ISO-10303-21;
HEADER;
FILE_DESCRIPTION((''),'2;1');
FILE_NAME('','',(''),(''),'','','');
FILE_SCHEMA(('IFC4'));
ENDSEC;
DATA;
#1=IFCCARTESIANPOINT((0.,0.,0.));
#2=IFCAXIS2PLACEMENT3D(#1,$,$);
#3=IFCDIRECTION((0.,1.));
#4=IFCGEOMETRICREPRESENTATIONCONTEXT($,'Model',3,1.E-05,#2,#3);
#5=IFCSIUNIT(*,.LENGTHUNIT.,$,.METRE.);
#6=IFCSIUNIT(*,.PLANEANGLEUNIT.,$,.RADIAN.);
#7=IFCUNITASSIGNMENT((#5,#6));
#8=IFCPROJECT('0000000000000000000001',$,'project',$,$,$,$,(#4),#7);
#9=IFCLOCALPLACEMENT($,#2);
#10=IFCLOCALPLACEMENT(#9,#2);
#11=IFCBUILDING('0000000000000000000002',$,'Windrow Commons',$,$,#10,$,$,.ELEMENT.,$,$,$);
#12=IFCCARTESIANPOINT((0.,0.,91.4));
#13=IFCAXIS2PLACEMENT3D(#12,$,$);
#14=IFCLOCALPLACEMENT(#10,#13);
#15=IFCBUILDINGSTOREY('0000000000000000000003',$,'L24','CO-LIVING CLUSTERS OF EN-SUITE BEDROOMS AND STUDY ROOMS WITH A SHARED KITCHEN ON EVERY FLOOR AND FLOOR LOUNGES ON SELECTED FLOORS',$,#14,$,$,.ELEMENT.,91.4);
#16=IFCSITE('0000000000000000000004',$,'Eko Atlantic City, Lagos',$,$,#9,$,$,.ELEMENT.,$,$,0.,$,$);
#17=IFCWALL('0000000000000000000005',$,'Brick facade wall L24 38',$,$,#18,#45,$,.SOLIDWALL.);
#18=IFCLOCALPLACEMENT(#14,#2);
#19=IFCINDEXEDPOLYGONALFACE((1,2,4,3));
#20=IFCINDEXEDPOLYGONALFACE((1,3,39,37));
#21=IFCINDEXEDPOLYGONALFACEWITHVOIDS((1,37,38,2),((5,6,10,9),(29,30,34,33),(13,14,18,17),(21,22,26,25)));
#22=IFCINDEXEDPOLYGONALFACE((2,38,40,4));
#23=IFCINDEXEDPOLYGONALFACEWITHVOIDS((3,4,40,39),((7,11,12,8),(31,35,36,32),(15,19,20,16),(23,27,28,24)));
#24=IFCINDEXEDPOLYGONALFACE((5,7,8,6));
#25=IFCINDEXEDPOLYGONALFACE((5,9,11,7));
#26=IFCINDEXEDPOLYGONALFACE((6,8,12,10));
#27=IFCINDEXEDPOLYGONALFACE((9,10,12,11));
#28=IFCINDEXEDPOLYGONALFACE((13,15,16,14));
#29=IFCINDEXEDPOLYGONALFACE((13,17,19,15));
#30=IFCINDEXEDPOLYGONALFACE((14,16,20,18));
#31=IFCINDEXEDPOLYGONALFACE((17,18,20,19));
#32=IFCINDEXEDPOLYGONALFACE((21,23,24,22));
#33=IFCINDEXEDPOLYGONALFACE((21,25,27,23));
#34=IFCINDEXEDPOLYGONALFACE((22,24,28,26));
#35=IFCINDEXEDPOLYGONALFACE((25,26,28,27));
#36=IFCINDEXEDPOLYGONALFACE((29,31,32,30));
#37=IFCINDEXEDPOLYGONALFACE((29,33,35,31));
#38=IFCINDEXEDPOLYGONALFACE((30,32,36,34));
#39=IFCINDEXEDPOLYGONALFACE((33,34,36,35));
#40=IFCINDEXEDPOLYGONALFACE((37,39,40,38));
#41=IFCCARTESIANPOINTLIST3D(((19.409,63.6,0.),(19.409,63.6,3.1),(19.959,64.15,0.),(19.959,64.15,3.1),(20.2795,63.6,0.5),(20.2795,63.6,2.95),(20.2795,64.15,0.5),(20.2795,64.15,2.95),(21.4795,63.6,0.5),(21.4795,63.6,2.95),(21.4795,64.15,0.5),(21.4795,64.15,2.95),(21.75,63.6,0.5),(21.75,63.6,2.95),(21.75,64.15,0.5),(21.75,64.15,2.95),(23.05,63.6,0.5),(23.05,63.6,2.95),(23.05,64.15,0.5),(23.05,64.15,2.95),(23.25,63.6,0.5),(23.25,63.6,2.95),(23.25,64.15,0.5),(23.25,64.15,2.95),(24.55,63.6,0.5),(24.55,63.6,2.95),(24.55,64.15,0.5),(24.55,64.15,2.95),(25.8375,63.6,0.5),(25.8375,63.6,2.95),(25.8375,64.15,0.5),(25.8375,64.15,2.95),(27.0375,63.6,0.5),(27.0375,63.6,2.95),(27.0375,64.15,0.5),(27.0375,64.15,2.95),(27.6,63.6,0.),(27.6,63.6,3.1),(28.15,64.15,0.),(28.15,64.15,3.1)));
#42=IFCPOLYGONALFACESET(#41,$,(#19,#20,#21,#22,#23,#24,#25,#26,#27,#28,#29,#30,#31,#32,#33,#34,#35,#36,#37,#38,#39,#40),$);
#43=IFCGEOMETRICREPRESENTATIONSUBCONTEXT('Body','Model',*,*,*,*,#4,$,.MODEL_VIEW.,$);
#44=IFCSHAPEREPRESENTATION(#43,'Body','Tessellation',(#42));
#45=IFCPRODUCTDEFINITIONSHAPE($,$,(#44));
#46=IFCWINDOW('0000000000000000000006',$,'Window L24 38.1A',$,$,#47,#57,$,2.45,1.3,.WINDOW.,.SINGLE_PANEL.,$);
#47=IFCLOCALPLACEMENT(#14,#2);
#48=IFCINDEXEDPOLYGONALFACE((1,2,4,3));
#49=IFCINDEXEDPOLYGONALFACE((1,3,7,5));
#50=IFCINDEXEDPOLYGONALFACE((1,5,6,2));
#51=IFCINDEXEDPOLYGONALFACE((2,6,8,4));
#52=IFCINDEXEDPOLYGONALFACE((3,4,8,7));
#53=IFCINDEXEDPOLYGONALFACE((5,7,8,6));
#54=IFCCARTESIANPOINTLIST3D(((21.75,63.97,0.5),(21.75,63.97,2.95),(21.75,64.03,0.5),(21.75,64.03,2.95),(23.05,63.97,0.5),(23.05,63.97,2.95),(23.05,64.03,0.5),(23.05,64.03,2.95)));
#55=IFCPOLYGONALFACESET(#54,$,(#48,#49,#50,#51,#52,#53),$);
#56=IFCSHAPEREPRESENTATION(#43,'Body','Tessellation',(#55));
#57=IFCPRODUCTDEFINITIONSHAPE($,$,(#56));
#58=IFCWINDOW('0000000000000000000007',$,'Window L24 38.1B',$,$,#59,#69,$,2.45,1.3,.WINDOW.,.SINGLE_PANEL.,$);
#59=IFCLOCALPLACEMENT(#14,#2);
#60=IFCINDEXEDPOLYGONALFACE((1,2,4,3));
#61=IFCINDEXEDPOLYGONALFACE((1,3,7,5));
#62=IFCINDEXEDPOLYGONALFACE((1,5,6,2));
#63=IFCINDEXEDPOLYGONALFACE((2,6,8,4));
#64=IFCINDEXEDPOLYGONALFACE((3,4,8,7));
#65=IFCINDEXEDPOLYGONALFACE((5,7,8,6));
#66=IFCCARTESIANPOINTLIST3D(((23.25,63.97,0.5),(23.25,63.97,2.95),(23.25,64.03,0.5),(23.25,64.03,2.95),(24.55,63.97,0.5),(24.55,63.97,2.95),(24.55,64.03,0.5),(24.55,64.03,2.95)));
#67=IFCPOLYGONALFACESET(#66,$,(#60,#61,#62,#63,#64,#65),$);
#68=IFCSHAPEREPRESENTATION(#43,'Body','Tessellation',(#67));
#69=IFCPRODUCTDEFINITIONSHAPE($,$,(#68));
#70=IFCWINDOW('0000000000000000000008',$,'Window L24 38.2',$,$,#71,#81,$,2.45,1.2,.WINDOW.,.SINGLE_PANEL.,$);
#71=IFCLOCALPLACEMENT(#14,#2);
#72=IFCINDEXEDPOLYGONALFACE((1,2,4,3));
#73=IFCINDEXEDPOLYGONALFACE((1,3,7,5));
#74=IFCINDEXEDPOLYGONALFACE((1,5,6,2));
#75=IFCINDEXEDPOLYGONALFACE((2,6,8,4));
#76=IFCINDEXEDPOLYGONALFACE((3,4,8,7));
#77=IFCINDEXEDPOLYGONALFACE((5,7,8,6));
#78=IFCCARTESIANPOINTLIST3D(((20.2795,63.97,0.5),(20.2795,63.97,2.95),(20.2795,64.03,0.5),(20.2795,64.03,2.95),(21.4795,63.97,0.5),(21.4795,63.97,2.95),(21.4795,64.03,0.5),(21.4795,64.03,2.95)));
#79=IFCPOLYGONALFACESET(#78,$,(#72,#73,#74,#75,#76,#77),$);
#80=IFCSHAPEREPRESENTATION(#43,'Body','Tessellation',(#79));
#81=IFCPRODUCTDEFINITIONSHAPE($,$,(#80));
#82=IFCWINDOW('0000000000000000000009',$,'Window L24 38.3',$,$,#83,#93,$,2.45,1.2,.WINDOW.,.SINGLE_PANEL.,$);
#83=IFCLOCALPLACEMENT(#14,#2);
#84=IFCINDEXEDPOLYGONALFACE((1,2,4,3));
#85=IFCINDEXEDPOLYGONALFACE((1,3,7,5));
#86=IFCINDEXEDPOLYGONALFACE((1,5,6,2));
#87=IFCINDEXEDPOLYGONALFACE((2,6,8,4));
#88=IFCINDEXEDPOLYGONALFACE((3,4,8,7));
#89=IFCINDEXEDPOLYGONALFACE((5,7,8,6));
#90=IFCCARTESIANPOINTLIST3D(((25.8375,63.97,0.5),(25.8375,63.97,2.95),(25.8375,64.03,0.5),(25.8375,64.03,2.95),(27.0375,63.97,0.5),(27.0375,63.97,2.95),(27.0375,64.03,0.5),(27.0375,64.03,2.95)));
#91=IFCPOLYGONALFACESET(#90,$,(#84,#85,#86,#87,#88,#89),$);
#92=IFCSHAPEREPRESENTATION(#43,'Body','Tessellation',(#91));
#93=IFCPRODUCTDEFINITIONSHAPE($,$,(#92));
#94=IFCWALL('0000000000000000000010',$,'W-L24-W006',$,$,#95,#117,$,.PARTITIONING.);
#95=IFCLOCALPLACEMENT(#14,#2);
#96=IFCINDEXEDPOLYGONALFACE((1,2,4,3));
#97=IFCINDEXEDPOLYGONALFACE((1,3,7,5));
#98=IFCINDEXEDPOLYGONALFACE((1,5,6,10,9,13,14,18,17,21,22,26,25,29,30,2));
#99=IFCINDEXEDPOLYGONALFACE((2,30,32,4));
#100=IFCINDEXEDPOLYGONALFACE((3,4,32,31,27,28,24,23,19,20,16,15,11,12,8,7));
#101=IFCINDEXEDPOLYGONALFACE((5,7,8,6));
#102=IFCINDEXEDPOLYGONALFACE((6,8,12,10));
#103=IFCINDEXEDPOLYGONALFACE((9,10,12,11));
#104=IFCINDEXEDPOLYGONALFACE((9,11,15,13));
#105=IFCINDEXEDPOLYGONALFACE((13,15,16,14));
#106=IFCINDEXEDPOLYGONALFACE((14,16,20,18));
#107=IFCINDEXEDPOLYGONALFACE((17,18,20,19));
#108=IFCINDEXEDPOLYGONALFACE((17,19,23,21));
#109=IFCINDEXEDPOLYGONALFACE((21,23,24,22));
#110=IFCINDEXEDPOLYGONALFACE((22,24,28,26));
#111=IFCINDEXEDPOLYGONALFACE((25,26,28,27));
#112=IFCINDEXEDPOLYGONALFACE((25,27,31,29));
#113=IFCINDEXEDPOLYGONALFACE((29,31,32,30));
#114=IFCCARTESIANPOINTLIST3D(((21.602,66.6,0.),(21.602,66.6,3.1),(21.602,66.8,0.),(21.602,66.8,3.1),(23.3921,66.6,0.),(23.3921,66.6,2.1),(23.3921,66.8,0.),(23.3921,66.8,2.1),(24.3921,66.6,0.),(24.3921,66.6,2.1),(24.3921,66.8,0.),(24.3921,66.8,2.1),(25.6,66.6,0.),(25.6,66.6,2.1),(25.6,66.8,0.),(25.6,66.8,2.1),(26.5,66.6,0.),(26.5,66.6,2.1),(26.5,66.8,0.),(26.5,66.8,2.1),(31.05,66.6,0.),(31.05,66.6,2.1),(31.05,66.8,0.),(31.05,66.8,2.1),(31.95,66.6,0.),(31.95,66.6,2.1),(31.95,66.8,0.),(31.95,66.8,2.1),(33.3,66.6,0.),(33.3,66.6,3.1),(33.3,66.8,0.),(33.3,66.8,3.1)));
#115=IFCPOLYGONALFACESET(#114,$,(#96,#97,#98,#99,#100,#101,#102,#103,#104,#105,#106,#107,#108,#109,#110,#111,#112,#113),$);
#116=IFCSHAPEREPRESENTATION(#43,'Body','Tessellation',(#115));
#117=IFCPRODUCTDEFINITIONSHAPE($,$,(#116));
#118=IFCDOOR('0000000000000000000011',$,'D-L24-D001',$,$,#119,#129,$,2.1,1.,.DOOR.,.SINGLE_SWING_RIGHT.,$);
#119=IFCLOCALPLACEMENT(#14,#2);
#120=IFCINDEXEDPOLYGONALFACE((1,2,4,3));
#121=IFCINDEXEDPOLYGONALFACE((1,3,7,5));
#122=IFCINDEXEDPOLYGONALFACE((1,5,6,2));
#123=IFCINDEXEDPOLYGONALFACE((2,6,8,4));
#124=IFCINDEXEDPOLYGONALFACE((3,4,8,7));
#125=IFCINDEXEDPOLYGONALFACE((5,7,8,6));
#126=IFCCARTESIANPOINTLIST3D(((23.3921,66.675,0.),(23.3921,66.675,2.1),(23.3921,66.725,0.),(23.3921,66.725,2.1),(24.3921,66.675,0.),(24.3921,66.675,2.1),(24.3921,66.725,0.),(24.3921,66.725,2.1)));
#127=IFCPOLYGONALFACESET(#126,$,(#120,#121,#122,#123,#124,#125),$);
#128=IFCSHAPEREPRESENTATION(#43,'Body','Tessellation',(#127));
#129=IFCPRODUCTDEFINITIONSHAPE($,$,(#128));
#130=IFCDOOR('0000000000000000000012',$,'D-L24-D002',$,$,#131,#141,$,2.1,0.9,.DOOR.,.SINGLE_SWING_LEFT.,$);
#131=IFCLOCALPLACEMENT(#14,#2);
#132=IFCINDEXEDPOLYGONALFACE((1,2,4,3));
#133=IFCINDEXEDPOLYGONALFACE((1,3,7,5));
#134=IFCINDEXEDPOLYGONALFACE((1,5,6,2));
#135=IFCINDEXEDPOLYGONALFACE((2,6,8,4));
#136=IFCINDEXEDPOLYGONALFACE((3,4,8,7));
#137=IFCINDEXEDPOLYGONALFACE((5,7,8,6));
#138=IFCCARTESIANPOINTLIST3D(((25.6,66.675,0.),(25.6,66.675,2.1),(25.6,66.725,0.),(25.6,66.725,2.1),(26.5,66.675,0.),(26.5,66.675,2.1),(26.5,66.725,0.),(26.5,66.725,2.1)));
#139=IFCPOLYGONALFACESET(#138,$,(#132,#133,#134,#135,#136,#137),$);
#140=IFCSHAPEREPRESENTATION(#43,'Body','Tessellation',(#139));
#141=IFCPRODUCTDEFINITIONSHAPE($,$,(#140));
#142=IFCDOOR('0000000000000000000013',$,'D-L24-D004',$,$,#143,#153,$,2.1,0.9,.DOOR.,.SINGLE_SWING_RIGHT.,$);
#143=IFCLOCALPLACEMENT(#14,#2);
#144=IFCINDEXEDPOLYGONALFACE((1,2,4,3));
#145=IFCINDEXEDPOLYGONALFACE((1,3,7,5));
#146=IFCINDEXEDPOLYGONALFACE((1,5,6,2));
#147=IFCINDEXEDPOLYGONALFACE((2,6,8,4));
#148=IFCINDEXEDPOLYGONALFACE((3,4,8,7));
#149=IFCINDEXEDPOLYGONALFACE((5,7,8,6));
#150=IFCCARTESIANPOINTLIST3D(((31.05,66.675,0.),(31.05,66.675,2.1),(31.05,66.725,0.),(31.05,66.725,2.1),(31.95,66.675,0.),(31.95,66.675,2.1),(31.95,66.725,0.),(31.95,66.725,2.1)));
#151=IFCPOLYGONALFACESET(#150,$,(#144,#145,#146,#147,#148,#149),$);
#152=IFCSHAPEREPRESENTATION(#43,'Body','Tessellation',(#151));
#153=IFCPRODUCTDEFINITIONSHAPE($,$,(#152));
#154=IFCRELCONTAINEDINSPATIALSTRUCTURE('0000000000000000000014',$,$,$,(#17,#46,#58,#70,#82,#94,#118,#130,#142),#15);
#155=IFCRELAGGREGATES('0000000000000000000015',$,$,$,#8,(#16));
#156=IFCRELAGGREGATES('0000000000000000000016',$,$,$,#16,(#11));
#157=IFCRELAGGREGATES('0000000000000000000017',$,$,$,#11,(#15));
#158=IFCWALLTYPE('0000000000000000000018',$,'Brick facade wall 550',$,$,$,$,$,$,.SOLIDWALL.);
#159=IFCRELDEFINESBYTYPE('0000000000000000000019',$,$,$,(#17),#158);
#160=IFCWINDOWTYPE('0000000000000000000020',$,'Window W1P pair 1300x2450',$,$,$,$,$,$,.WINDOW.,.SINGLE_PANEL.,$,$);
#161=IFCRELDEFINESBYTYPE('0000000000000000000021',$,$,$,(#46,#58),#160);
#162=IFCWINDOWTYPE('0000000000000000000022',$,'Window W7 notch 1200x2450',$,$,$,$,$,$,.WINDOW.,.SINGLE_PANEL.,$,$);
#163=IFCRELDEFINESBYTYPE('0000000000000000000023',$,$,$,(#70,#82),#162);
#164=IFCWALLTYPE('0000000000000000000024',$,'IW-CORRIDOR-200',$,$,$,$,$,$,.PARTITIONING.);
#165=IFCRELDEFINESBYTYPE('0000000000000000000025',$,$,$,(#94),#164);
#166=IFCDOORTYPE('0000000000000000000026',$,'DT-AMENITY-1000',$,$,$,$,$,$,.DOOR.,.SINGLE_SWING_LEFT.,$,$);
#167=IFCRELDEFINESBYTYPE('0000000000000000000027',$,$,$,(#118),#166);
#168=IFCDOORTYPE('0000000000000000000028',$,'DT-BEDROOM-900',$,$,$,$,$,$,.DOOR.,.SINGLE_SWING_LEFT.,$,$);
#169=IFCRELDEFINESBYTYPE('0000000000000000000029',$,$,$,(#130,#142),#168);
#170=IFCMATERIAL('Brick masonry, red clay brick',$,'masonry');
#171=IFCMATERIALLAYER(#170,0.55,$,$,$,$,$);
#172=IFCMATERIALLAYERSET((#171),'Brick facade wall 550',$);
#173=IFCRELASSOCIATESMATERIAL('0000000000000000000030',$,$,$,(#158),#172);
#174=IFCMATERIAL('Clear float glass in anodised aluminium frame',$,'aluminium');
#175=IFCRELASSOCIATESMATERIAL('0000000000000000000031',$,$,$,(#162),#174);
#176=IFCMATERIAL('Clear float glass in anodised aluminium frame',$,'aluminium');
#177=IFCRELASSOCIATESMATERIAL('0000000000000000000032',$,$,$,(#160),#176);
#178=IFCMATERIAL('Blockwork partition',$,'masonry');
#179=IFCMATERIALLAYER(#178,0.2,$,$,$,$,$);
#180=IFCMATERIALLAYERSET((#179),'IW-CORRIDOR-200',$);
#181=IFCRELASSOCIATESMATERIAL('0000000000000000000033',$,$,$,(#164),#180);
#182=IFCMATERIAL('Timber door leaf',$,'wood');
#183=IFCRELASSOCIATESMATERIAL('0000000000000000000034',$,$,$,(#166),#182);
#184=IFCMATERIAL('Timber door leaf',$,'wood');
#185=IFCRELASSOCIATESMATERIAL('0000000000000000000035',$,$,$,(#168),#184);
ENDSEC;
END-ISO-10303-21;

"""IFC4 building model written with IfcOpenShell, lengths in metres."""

from ifc_helpers import new_model, si_unit, direction, frame, frame_2d, origin, place, context, subcontext, project, spatial, polyline, rectangle, outline, extrude, material, layer, layer_set, type_object, element, fill, save


model = new_model("IFC4")

# Units and contexts
model_context = context("Model", 3, precision=1e-05, world=origin(), true_north=direction((0.0, 1.0)))
body_context = subcontext(model_context, "Body", "Model", "MODEL_VIEW")
ifc_project = project(units=[si_unit("LENGTHUNIT", "METRE"), si_unit("PLANEANGLEUNIT", "RADIAN")], contexts=[model_context])

# Site, building, storey
site_placement = place(None, origin())
site = spatial("IfcSite", under=ifc_project, at=site_placement, Name="Eko Atlantic City, Lagos", CompositionType="ELEMENT", RefElevation=0.0)
building_placement = place(site_placement, origin())
building = spatial("IfcBuilding", under=site, at=building_placement, Name="Windrow Commons", CompositionType="ELEMENT")
storey_placement = place(building_placement, frame((0.0, 0.0, 91.4)))
storey = spatial("IfcBuildingStorey", under=building, at=storey_placement, Name="L24", Description="CO-LIVING CLUSTERS OF EN-SUITE BEDROOMS AND STUDY ROOMS WITH A SHARED KITCHEN ON EVERY FLOOR AND FLOOR LOUNGES ON SELECTED FLOORS", CompositionType="ELEMENT", Elevation=91.4)

# Wall, openings, windows
ifc_material_1 = material(Name="Brick masonry, red clay brick", Category="masonry")
ifc_layer_1 = layer(ifc_material_1, 0.55)
ifc_layer_set_1 = layer_set([ifc_layer_1], Name="Brick facade wall 550")
wall_type_1 = type_object("IfcWallType", Name="Brick facade wall 550", PredefinedType="SOLIDWALL", material=ifc_layer_set_1)
ifc_material_2 = material(Name="Clear float glass in anodised aluminium frame", Category="aluminium")
window_type_1 = type_object("IfcWindowType", Name="Window W7 notch 1200x2450", PartitioningType="SINGLE_PANEL", PredefinedType="WINDOW", material=ifc_material_2)
ifc_material_3 = material(Name="Clear float glass in anodised aluminium frame", Category="aluminium")
window_type_2 = type_object("IfcWindowType", Name="Window W1P pair 1300x2450", PartitioningType="SINGLE_PANEL", PredefinedType="WINDOW", material=ifc_material_3)
wall_1_placement = place(storey_placement, frame((19.684, 63.875, 0.0), z_axis=(0.0, 0.0, 1.0), x_axis=(1.0, 0.0, 0.0)))
wall_1 = element("IfcWall", 1, at=wall_1_placement, inside=storey, type_object=wall_type_1, Name="Brick facade wall L24 38", PredefinedType="SOLIDWALL", context=body_context, shape_type="SweptSolid", body=[
    extrude(outline(polyline([(-0.275, -0.275), (7.916, -0.275), (8.466, 0.275), (0.275, 0.275), (-0.275, -0.275)])), origin(), (0.0, 0.0, 1.0), 3.1),
])
opening_1_placement = place(wall_1_placement, frame((2.066, 0.0, 0.5)))
opening_1 = element("IfcOpeningElement", 2, at=opening_1_placement, cuts=wall_1, PredefinedType="OPENING", context=body_context, shape_type="SweptSolid", body=[
    extrude(rectangle(XDim=1.3, YDim=2.45, at=frame_2d((0.65, 1.225))), frame((0.0, 0.285, 0.0), z_axis=(0.0, -1.0, 0.0), x_axis=(1.0, 0.0, 0.0)), (0.0, 0.0, 1.0), 0.57),
])
opening_2_placement = place(wall_1_placement, frame((3.566, 0.0, 0.5)))
opening_2 = element("IfcOpeningElement", 3, at=opening_2_placement, cuts=wall_1, PredefinedType="OPENING", context=body_context, shape_type="SweptSolid", body=[
    extrude(rectangle(XDim=1.3, YDim=2.45, at=frame_2d((0.65, 1.225))), frame((0.0, 0.285, 0.0), z_axis=(0.0, -1.0, 0.0), x_axis=(1.0, 0.0, 0.0)), (0.0, 0.0, 1.0), 0.57),
])
opening_3_placement = place(wall_1_placement, frame((0.5955, 0.0, 0.5)))
opening_3 = element("IfcOpeningElement", 4, at=opening_3_placement, cuts=wall_1, PredefinedType="OPENING", context=body_context, shape_type="SweptSolid", body=[
    extrude(rectangle(XDim=1.2, YDim=2.45, at=frame_2d((0.6, 1.225))), frame((0.0, 0.285, 0.0), z_axis=(0.0, -1.0, 0.0), x_axis=(1.0, 0.0, 0.0)), (0.0, 0.0, 1.0), 0.57),
])
opening_4_placement = place(wall_1_placement, frame((6.1535, 0.0, 0.5)))
opening_4 = element("IfcOpeningElement", 5, at=opening_4_placement, cuts=wall_1, PredefinedType="OPENING", context=body_context, shape_type="SweptSolid", body=[
    extrude(rectangle(XDim=1.2, YDim=2.45, at=frame_2d((0.6, 1.225))), frame((0.0, 0.285, 0.0), z_axis=(0.0, -1.0, 0.0), x_axis=(1.0, 0.0, 0.0)), (0.0, 0.0, 1.0), 0.57),
])
window_1_placement = place(opening_1_placement, origin())
window_1 = element("IfcWindow", 6, at=window_1_placement, inside=storey, type_object=window_type_2, Name="Window L24 38.1A", OverallHeight=2.45, OverallWidth=1.3, PartitioningType="SINGLE_PANEL", PredefinedType="WINDOW", context=body_context, shape_type="SweptSolid", body=[
    extrude(rectangle(XDim=1.3, YDim=2.45, at=frame_2d((0.65, 1.225))), frame((0.0, 0.155, 0.0), z_axis=(0.0, -1.0, 0.0), x_axis=(1.0, 0.0, 0.0)), (0.0, 0.0, 1.0), 0.06),
])
fill(opening_1, window_1)
window_2_placement = place(opening_2_placement, origin())
window_2 = element("IfcWindow", 7, at=window_2_placement, inside=storey, type_object=window_type_2, Name="Window L24 38.1B", OverallHeight=2.45, OverallWidth=1.3, PartitioningType="SINGLE_PANEL", PredefinedType="WINDOW", context=body_context, shape_type="SweptSolid", body=[
    extrude(rectangle(XDim=1.3, YDim=2.45, at=frame_2d((0.65, 1.225))), frame((0.0, 0.155, 0.0), z_axis=(0.0, -1.0, 0.0), x_axis=(1.0, 0.0, 0.0)), (0.0, 0.0, 1.0), 0.06),
])
fill(opening_2, window_2)
window_3_placement = place(opening_3_placement, origin())
window_3 = element("IfcWindow", 8, at=window_3_placement, inside=storey, type_object=window_type_1, Name="Window L24 38.2", OverallHeight=2.45, OverallWidth=1.2, PartitioningType="SINGLE_PANEL", PredefinedType="WINDOW", context=body_context, shape_type="SweptSolid", body=[
    extrude(rectangle(XDim=1.2, YDim=2.45, at=frame_2d((0.6, 1.225))), frame((0.0, 0.155, 0.0), z_axis=(0.0, -1.0, 0.0), x_axis=(1.0, 0.0, 0.0)), (0.0, 0.0, 1.0), 0.06),
])
fill(opening_3, window_3)
window_4_placement = place(opening_4_placement, origin())
window_4 = element("IfcWindow", 9, at=window_4_placement, inside=storey, type_object=window_type_1, Name="Window L24 38.3", OverallHeight=2.45, OverallWidth=1.2, PartitioningType="SINGLE_PANEL", PredefinedType="WINDOW", context=body_context, shape_type="SweptSolid", body=[
    extrude(rectangle(XDim=1.2, YDim=2.45, at=frame_2d((0.6, 1.225))), frame((0.0, 0.155, 0.0), z_axis=(0.0, -1.0, 0.0), x_axis=(1.0, 0.0, 0.0)), (0.0, 0.0, 1.0), 0.06),
])
fill(opening_4, window_4)

# Wall, openings, doors
ifc_material_4 = material(Name="Blockwork partition", Category="masonry")
ifc_layer_2 = layer(ifc_material_4, 0.2)
ifc_layer_set_2 = layer_set([ifc_layer_2], Name="IW-CORRIDOR-200")
wall_type_2 = type_object("IfcWallType", Name="IW-CORRIDOR-200", PredefinedType="PARTITIONING", material=ifc_layer_set_2)
wall_2_placement = place(storey_placement, frame((21.602, 66.7, 0.0), z_axis=(0.0, 0.0, 1.0), x_axis=(1.0, 0.0, 0.0)))
wall_2 = element("IfcWall", 10, at=wall_2_placement, inside=storey, type_object=wall_type_2, Name="W-L24-W006", PredefinedType="PARTITIONING", context=body_context, shape_type="SweptSolid", body=[
    extrude(rectangle(XDim=11.698, YDim=0.2, at=frame_2d((5.849, 0.0))), origin(), (0.0, 0.0, 1.0), 3.1),
])
opening_5_placement = place(wall_2_placement, frame((1.7901, 0.0, 0.0)))
opening_5 = element("IfcOpeningElement", 11, at=opening_5_placement, cuts=wall_2, PredefinedType="OPENING", context=body_context, shape_type="SweptSolid", body=[
    extrude(rectangle(XDim=1.0, YDim=2.1, at=frame_2d((0.5, 1.05))), frame((0.0, 0.11, 0.0), z_axis=(0.0, -1.0, 0.0), x_axis=(1.0, 0.0, 0.0)), (0.0, 0.0, 1.0), 0.22),
])
opening_6_placement = place(wall_2_placement, frame((3.998, 0.0, 0.0)))
opening_6 = element("IfcOpeningElement", 12, at=opening_6_placement, cuts=wall_2, PredefinedType="OPENING", context=body_context, shape_type="SweptSolid", body=[
    extrude(rectangle(XDim=0.9, YDim=2.1, at=frame_2d((0.45, 1.05))), frame((0.0, 0.11, 0.0), z_axis=(0.0, -1.0, 0.0), x_axis=(1.0, 0.0, 0.0)), (0.0, 0.0, 1.0), 0.22),
])
opening_7_placement = place(wall_2_placement, frame((9.448, 0.0, 0.0)))
opening_7 = element("IfcOpeningElement", 13, at=opening_7_placement, cuts=wall_2, PredefinedType="OPENING", context=body_context, shape_type="SweptSolid", body=[
    extrude(rectangle(XDim=0.9, YDim=2.1, at=frame_2d((0.45, 1.05))), frame((0.0, 0.11, 0.0), z_axis=(0.0, -1.0, 0.0), x_axis=(1.0, 0.0, 0.0)), (0.0, 0.0, 1.0), 0.22),
])
ifc_material_5 = material(Name="Timber door leaf", Category="wood")
door_type_1 = type_object("IfcDoorType", Name="DT-AMENITY-1000", OperationType="SINGLE_SWING_LEFT", PredefinedType="DOOR", material=ifc_material_5)
door_1_placement = place(opening_5_placement, origin())
door_1 = element("IfcDoor", 14, at=door_1_placement, inside=storey, type_object=door_type_1, Name="D-L24-D001", OperationType="SINGLE_SWING_RIGHT", OverallHeight=2.1, OverallWidth=1.0, PredefinedType="DOOR", context=body_context, shape_type="SweptSolid", body=[
    extrude(rectangle(XDim=1.0, YDim=2.1, at=frame_2d((0.5, 1.05))), frame((0.0, 0.025, 0.0), z_axis=(0.0, -1.0, 0.0), x_axis=(1.0, 0.0, 0.0)), (0.0, 0.0, 1.0), 0.05),
])
fill(opening_5, door_1)
ifc_material_6 = material(Name="Timber door leaf", Category="wood")
door_type_2 = type_object("IfcDoorType", Name="DT-BEDROOM-900", OperationType="SINGLE_SWING_LEFT", PredefinedType="DOOR", material=ifc_material_6)
door_2_placement = place(opening_6_placement, origin())
door_2 = element("IfcDoor", 15, at=door_2_placement, inside=storey, type_object=door_type_2, Name="D-L24-D002", OperationType="SINGLE_SWING_LEFT", OverallHeight=2.1, OverallWidth=0.9, PredefinedType="DOOR", context=body_context, shape_type="SweptSolid", body=[
    extrude(rectangle(XDim=0.9, YDim=2.1, at=frame_2d((0.45, 1.05))), frame((0.0, 0.025, 0.0), z_axis=(0.0, -1.0, 0.0), x_axis=(1.0, 0.0, 0.0)), (0.0, 0.0, 1.0), 0.05),
])
fill(opening_6, door_2)
door_3_placement = place(opening_7_placement, origin())
door_3 = element("IfcDoor", 16, at=door_3_placement, inside=storey, type_object=door_type_2, Name="D-L24-D004", OperationType="SINGLE_SWING_RIGHT", OverallHeight=2.1, OverallWidth=0.9, PredefinedType="DOOR", context=body_context, shape_type="SweptSolid", body=[
    extrude(rectangle(XDim=0.9, YDim=2.1, at=frame_2d((0.45, 1.05))), frame((0.0, 0.025, 0.0), z_axis=(0.0, -1.0, 0.0), x_axis=(1.0, 0.0, 0.0)), (0.0, 0.0, 1.0), 0.05),
])
fill(opening_7, door_3)

save(model, "model.ifc")
